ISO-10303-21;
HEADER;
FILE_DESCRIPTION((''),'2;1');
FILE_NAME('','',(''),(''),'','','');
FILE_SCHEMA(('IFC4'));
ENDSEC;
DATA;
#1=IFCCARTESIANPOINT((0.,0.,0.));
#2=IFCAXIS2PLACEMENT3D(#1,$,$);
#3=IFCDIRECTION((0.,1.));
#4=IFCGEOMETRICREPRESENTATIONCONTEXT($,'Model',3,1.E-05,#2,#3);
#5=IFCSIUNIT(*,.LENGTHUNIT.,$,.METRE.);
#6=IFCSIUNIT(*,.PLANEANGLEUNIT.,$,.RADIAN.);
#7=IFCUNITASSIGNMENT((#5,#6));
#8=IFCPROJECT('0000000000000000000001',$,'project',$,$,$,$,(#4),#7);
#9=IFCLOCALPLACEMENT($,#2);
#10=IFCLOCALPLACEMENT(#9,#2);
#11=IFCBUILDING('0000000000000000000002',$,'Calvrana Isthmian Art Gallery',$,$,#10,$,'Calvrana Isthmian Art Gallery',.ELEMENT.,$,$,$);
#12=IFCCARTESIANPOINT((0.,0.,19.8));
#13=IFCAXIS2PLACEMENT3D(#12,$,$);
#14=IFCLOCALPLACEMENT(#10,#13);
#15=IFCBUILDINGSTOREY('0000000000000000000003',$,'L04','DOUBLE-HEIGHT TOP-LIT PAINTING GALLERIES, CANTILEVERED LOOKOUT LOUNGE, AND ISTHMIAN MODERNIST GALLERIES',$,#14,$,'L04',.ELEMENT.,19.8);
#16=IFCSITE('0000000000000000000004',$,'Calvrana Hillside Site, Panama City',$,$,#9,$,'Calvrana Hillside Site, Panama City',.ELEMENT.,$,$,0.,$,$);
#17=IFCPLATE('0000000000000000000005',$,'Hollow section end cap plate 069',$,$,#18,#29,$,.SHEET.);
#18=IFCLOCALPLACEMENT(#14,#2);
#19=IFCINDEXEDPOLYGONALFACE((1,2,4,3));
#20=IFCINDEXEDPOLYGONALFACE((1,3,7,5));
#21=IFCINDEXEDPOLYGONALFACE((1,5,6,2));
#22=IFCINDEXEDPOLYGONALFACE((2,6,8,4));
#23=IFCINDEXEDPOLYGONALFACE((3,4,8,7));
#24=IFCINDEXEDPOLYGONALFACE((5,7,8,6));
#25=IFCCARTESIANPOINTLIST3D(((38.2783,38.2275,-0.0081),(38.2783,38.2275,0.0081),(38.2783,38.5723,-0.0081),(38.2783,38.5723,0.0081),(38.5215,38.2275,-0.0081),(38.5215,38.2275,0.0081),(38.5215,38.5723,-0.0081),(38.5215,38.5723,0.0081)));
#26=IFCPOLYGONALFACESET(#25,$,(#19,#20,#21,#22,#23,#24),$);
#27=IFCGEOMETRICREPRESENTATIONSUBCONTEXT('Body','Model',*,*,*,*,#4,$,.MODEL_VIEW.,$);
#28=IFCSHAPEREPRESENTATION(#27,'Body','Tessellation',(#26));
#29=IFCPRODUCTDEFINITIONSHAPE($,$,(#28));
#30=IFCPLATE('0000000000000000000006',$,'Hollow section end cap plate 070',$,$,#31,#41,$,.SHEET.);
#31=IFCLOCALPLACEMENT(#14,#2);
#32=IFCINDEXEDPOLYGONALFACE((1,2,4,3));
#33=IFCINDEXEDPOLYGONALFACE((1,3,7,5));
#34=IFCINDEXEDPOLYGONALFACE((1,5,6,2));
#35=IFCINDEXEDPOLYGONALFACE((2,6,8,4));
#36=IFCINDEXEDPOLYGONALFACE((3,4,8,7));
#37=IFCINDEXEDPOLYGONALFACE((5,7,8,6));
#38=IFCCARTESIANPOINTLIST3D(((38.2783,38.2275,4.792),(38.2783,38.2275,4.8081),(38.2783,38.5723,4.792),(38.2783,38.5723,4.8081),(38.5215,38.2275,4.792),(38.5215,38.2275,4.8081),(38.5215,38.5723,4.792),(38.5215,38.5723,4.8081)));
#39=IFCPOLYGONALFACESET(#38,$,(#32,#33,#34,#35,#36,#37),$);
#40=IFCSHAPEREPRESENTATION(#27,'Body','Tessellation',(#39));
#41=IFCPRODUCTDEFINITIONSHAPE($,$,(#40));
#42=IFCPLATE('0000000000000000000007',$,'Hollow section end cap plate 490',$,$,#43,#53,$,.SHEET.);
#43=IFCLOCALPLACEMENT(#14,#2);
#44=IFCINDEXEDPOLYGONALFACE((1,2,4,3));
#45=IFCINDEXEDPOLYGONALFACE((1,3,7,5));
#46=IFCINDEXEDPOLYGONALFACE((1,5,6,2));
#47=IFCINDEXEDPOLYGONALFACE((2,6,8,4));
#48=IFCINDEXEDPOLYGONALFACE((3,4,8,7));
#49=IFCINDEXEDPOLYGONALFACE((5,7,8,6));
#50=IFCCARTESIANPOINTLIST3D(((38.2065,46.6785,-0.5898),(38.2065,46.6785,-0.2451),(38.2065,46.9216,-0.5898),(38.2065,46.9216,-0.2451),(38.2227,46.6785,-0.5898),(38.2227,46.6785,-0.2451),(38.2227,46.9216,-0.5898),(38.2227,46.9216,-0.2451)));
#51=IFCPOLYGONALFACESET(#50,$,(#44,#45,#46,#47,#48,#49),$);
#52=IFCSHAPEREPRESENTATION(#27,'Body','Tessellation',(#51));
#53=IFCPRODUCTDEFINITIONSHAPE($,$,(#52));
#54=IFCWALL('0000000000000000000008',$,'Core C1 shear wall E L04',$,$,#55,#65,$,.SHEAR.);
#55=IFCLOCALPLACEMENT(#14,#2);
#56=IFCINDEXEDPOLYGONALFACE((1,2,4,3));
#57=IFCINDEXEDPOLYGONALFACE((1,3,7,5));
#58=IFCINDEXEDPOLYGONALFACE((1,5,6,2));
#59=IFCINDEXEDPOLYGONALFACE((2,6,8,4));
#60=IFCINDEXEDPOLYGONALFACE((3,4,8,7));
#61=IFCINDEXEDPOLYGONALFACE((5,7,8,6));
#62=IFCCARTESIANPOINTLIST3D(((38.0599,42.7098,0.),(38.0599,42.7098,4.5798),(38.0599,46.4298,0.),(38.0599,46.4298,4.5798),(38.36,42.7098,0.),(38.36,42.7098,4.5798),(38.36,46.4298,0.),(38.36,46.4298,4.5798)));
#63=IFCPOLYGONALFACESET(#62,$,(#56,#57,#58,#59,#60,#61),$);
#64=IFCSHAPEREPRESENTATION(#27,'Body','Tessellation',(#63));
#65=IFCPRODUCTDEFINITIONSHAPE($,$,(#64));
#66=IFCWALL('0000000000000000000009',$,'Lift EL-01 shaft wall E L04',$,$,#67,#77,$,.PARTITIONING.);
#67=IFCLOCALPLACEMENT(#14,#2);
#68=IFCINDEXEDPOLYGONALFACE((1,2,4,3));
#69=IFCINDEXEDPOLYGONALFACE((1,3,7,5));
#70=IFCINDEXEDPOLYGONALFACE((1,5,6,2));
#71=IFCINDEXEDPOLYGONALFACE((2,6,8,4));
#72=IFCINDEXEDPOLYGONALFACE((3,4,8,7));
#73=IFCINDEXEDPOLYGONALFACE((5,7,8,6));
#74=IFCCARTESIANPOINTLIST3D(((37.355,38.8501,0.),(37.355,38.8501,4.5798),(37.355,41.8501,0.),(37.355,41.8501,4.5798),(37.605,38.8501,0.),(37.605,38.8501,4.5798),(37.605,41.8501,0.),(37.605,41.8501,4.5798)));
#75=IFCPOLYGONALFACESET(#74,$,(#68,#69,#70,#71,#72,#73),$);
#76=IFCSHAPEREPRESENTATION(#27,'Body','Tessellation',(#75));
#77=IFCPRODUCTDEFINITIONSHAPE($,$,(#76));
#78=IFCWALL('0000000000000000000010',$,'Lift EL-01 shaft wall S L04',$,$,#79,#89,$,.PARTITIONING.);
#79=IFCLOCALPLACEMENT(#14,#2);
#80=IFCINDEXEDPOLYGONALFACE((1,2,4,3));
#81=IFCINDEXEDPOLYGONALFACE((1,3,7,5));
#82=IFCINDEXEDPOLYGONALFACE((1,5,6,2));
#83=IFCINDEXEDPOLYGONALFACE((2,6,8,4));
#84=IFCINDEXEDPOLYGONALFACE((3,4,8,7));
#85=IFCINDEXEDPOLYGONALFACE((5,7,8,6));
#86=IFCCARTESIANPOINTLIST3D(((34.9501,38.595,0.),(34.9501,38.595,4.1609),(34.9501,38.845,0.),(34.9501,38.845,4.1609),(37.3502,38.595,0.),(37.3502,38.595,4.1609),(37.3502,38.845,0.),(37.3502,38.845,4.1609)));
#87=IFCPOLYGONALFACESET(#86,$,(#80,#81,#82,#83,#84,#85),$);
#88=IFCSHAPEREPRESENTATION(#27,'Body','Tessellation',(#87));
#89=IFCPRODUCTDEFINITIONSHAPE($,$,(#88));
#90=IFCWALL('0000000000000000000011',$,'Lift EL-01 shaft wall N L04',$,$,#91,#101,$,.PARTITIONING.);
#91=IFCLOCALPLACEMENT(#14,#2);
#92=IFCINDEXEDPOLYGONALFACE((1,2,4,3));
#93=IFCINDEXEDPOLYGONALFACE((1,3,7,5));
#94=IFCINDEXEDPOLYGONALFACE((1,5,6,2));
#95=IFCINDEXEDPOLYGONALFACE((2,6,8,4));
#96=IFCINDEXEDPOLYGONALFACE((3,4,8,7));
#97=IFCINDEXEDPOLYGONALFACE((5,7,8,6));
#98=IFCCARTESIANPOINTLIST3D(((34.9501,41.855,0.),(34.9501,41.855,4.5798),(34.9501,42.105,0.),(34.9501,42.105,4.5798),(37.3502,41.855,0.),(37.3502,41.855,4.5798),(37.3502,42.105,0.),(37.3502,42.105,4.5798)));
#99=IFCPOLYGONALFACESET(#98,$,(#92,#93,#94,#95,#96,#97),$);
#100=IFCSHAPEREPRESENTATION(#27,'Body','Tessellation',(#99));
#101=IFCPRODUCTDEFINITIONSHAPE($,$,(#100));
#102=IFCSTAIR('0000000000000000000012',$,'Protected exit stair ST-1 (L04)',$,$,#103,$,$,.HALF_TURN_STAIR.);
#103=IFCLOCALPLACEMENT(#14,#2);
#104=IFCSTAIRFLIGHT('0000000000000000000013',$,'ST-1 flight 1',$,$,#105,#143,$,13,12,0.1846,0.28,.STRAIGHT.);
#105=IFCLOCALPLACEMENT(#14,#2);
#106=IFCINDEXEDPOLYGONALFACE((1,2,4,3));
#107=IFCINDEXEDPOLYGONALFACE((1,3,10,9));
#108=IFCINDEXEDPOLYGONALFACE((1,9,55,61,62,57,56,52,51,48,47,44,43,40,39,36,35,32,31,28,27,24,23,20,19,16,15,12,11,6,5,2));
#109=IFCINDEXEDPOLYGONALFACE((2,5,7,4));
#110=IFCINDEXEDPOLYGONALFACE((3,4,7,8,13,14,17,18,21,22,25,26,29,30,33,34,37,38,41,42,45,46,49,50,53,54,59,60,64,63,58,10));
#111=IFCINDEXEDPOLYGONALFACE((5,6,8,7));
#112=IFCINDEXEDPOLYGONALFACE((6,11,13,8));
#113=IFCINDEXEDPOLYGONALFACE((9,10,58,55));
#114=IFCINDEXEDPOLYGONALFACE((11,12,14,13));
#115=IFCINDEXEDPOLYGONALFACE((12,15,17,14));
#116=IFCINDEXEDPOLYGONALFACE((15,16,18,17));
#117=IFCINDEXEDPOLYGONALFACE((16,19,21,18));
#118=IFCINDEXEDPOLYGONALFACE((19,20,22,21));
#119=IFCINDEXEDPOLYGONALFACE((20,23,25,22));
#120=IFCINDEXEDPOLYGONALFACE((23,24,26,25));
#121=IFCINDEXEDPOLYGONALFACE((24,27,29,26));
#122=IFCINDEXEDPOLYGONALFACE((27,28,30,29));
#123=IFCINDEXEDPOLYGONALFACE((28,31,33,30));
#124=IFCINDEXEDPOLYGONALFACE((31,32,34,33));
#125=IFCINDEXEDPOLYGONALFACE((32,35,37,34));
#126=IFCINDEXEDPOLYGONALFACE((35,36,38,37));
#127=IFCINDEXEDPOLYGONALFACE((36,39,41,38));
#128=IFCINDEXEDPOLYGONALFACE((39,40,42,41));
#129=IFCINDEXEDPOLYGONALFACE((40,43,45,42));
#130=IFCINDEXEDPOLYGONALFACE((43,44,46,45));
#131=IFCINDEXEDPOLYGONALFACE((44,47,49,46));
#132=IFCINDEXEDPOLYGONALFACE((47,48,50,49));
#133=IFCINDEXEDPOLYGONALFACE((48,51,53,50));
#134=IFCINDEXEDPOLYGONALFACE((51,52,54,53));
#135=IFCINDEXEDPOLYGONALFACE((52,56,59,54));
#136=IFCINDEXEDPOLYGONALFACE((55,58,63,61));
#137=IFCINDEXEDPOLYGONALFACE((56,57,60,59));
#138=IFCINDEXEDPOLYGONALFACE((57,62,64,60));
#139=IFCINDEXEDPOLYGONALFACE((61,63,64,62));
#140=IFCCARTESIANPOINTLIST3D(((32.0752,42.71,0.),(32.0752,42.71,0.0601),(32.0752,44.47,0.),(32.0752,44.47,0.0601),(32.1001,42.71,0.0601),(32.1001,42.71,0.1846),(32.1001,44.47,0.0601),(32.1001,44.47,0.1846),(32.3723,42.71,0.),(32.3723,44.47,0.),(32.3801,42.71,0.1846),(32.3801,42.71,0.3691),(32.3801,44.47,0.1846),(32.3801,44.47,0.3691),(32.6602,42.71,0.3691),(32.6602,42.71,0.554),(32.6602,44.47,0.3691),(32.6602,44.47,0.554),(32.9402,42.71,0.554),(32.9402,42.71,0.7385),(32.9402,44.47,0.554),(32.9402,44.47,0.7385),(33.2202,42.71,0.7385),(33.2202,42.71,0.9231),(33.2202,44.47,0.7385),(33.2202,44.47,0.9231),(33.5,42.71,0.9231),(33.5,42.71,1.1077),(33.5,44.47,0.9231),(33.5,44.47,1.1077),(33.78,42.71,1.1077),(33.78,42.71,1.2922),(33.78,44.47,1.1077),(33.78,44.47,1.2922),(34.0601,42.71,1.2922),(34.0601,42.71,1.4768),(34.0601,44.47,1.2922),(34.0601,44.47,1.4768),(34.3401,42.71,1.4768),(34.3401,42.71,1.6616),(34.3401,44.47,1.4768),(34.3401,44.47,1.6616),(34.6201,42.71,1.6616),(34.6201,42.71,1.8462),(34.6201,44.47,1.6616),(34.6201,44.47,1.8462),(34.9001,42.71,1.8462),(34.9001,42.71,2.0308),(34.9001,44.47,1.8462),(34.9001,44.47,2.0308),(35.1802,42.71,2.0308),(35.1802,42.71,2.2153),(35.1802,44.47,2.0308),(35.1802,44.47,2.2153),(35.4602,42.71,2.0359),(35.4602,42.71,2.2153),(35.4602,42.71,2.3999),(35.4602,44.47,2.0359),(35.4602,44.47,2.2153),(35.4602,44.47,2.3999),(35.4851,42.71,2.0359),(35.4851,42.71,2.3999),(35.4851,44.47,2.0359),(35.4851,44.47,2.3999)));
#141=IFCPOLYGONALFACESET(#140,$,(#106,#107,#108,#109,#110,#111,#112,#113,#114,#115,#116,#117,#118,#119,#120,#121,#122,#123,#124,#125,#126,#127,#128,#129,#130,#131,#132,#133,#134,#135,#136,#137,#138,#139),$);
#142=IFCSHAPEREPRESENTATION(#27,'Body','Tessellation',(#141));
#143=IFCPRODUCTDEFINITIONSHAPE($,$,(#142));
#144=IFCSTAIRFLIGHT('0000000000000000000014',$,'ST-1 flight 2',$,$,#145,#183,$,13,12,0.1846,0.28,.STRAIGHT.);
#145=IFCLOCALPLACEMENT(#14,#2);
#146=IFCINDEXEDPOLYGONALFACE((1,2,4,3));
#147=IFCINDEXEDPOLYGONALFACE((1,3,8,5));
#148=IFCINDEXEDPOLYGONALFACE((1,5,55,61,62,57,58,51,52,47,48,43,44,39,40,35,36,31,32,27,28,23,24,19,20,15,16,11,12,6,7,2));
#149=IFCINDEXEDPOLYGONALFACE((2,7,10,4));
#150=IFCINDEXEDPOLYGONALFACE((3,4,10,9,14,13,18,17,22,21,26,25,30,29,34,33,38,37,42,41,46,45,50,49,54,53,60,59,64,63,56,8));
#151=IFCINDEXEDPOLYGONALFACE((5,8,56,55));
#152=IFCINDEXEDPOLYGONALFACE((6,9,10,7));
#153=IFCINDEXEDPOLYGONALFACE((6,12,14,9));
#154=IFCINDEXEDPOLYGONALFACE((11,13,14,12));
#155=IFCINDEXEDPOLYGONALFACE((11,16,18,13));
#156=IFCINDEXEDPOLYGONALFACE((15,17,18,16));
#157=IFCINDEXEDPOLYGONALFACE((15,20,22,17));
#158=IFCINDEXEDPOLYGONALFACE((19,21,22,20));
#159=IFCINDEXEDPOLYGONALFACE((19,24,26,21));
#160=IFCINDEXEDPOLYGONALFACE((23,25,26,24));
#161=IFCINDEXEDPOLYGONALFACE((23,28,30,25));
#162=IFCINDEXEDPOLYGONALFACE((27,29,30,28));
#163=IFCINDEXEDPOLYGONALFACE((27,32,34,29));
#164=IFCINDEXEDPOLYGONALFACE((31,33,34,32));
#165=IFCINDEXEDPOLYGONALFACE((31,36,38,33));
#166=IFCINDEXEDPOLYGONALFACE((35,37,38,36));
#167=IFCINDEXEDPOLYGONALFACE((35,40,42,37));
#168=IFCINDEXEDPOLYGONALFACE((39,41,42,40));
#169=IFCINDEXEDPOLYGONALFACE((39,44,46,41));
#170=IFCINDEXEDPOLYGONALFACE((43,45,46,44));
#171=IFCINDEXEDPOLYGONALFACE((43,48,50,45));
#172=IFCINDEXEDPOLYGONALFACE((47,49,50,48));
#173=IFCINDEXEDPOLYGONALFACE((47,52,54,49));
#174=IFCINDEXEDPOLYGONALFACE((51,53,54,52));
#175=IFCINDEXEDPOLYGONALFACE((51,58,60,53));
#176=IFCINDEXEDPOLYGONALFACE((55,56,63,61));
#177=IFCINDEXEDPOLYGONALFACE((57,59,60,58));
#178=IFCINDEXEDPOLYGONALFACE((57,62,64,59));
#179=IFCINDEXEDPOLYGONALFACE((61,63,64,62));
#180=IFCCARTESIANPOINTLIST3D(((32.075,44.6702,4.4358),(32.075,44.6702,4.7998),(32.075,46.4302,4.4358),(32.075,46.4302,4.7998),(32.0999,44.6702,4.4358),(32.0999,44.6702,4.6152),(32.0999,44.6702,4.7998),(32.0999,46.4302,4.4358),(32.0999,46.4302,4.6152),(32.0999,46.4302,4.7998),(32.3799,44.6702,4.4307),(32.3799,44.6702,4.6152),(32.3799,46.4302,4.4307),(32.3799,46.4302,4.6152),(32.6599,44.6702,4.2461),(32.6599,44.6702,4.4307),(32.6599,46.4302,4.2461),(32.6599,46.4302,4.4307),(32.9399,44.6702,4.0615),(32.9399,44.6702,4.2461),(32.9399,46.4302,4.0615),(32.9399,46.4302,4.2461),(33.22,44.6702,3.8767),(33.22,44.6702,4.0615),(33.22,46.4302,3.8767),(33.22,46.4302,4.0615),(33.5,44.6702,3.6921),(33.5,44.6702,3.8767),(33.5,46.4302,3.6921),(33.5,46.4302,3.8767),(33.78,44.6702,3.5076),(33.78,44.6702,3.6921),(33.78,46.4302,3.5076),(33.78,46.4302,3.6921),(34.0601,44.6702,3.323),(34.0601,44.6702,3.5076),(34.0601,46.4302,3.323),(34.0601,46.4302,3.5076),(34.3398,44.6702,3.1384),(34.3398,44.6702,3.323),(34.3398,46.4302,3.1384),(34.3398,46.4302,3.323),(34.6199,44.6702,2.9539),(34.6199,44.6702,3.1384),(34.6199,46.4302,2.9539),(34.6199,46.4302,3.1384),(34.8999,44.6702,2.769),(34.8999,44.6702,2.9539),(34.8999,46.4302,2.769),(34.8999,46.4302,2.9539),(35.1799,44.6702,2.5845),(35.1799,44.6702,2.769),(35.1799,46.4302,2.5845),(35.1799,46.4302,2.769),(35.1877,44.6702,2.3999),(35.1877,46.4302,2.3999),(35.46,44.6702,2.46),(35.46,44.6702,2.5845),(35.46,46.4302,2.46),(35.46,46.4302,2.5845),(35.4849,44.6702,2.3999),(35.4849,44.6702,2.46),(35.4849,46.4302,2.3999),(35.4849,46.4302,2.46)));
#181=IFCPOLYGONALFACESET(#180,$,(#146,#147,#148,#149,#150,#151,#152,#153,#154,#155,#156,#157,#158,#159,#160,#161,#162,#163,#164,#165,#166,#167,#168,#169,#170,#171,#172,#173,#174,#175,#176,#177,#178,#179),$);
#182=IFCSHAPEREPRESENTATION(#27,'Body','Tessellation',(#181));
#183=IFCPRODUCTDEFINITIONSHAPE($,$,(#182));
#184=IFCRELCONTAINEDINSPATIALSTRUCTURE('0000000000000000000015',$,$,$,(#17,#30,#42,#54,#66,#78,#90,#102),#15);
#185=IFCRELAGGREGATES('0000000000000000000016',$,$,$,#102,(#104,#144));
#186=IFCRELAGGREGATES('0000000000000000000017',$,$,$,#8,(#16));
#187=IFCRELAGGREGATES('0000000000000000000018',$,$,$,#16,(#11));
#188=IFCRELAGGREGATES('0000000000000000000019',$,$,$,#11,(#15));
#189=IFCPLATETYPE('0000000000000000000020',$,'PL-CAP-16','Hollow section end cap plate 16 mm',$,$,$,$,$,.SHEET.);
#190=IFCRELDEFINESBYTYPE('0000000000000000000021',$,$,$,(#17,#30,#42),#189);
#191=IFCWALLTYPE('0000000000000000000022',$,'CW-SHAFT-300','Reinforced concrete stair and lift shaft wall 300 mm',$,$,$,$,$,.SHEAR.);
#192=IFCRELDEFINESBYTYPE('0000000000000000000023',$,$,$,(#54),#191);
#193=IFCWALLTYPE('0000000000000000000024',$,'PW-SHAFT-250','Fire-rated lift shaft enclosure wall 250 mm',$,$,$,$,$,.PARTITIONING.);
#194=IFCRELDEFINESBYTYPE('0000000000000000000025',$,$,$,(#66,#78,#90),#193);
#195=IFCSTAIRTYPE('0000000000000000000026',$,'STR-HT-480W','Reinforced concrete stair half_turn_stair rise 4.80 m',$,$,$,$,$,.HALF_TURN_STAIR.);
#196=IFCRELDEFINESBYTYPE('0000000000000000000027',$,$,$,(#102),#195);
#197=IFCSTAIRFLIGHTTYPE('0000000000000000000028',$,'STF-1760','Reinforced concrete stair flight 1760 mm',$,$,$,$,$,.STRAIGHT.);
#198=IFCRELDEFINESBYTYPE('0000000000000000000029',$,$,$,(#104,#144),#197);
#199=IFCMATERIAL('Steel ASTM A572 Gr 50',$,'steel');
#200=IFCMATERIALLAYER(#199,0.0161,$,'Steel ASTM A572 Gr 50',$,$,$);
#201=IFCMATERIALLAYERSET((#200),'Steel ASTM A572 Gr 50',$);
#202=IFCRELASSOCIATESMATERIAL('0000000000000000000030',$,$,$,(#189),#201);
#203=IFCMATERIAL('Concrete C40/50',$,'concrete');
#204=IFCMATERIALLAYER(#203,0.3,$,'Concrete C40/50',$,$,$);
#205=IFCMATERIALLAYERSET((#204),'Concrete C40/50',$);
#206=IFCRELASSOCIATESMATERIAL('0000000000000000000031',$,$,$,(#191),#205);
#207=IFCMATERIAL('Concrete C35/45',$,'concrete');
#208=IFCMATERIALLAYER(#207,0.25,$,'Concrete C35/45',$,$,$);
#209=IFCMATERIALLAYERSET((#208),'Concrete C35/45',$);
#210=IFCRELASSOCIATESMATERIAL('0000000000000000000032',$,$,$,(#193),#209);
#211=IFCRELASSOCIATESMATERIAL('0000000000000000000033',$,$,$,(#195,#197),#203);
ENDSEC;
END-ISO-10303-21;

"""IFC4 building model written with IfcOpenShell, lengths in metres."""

from ifc_helpers import new_model, si_unit, direction, frame, frame_2d, origin, origin_2d, place, context, subcontext, project, spatial, polyline, rectangle, outline, extrude, material, layer, layer_set, type_object, element, aggregate, save


model = new_model("IFC4")

# Units and contexts
model_context = context("Model", 3, precision=1e-05, world=origin(), true_north=direction((0.0, 1.0)))
body_context = subcontext(model_context, "Body", "Model", "MODEL_VIEW")
ifc_project = project(units=[si_unit("LENGTHUNIT", "METRE"), si_unit("PLANEANGLEUNIT", "RADIAN")], contexts=[model_context])

# Site, building, storey
site_placement = place(None, origin())
site = spatial("IfcSite", under=ifc_project, at=site_placement, Name="Calvrana Hillside Site, Panama City", LongName="Calvrana Hillside Site, Panama City", CompositionType="ELEMENT", RefElevation=0.0)
building_placement = place(site_placement, origin())
building = spatial("IfcBuilding", under=site, at=building_placement, Name="Calvrana Isthmian Art Gallery", LongName="Calvrana Isthmian Art Gallery", CompositionType="ELEMENT")
storey_placement = place(building_placement, frame((0.0, 0.0, 19.8)))
storey = spatial("IfcBuildingStorey", under=building, at=storey_placement, Name="L04", Description="DOUBLE-HEIGHT TOP-LIT PAINTING GALLERIES, CANTILEVERED LOOKOUT LOUNGE, AND ISTHMIAN MODERNIST GALLERIES", LongName="L04", CompositionType="ELEMENT", Elevation=19.8)

# Plates
ifc_material_1 = material(Name="Steel ASTM A572 Gr 50", Category="steel")
ifc_layer_1 = layer(ifc_material_1, 0.0161, Name="Steel ASTM A572 Gr 50")
ifc_layer_set_1 = layer_set([ifc_layer_1], Name="Steel ASTM A572 Gr 50")
plate_type = type_object("IfcPlateType", Name="PL-CAP-16", Description="Hollow section end cap plate 16 mm", PredefinedType="SHEET", material=ifc_layer_set_1)
for number, where, z_axis, x_axis, name in (
    (1, (38.3999, 38.3999, -0.0081), (0.0, 0.0, 1.0), (1.0, 0.0, 0.0), "Hollow section end cap plate 069"),
    (2, (38.3999, 38.3999, 4.792), (0.0, 0.0, 1.0), (1.0, 0.0, 0.0), "Hollow section end cap plate 070"),
):
    element("IfcPlate", number, at=place(storey_placement, frame(where, z_axis=z_axis, x_axis=x_axis)), inside=storey, type_object=plate_type, Name=name, PredefinedType="SHEET", context=body_context, shape_type="SweptSolid", body=[
        extrude(rectangle(XDim=0.2432, YDim=0.3447, at=origin_2d()), origin(), (0.0, 0.0, 1.0), 0.0161),
    ])
plate_placement = place(storey_placement, frame((38.2146, 46.8, -0.5898), z_axis=(0.0, 0.0, 1.0), x_axis=(1.0, 0.0, 0.0)))
element("IfcPlate", 3, at=plate_placement, inside=storey, type_object=plate_type, Name="Hollow section end cap plate 490", PredefinedType="SHEET", context=body_context, shape_type="SweptSolid", body=[
    extrude(rectangle(XDim=0.0161, YDim=0.2432, at=origin_2d()), origin(), (0.0, 0.0, 1.0), 0.3447),
])

# Walls
ifc_material_2 = material(Name="Concrete C40/50", Category="concrete")
ifc_layer_2 = layer(ifc_material_2, 0.3, Name="Concrete C40/50")
ifc_layer_set_2 = layer_set([ifc_layer_2], Name="Concrete C40/50")
wall_type_1 = type_object("IfcWallType", Name="CW-SHAFT-300", Description="Reinforced concrete stair and lift shaft wall 300 mm", PredefinedType="SHEAR", material=ifc_layer_set_2)
wall_1_placement = place(storey_placement, frame((38.21, 42.71, 0.0), z_axis=(0.0, 0.0, 1.0), x_axis=(0.0, 1.0, 0.0)))
element("IfcWall", 4, at=wall_1_placement, inside=storey, type_object=wall_type_1, Name="Core C1 shear wall E L04", PredefinedType="SHEAR", context=body_context, shape_type="SweptSolid", body=[
    extrude(rectangle(XDim=3.72, YDim=0.3, at=frame_2d((1.8599, 0.0))), origin(), (0.0, 0.0, 1.0), 4.5798),
])
ifc_material_3 = material(Name="Concrete C35/45", Category="concrete")
ifc_layer_3 = layer(ifc_material_3, 0.25, Name="Concrete C35/45")
ifc_layer_set_3 = layer_set([ifc_layer_3], Name="Concrete C35/45")
wall_type_2 = type_object("IfcWallType", Name="PW-SHAFT-250", Description="Fire-rated lift shaft enclosure wall 250 mm", PredefinedType="PARTITIONING", material=ifc_layer_set_3)
wall_2_placement = place(storey_placement, frame((37.48, 38.8501, 0.0), z_axis=(0.0, 0.0, 1.0), x_axis=(0.0, 1.0, 0.0)))
element("IfcWall", 5, at=wall_2_placement, inside=storey, type_object=wall_type_2, Name="Lift EL-01 shaft wall E L04", PredefinedType="PARTITIONING", context=body_context, shape_type="SweptSolid", body=[
    extrude(rectangle(XDim=3.0, YDim=0.25, at=frame_2d((1.5, 0.0))), origin(), (0.0, 0.0, 1.0), 4.5798),
])
wall_3_placement = place(storey_placement, frame((34.95, 38.72, 0.0), z_axis=(0.0, 0.0, 1.0), x_axis=(1.0, 0.0, 0.0)))
element("IfcWall", 6, at=wall_3_placement, inside=storey, type_object=wall_type_2, Name="Lift EL-01 shaft wall S L04", PredefinedType="PARTITIONING", context=body_context, shape_type="SweptSolid", body=[
    extrude(rectangle(XDim=2.4001, YDim=0.25, at=frame_2d((1.2002, 0.0))), origin(), (0.0, 0.0, 1.0), 4.1609),
])
wall_4_placement = place(storey_placement, frame((34.95, 41.98, 0.0), z_axis=(0.0, 0.0, 1.0), x_axis=(1.0, 0.0, 0.0)))
element("IfcWall", 7, at=wall_4_placement, inside=storey, type_object=wall_type_2, Name="Lift EL-01 shaft wall N L04", PredefinedType="PARTITIONING", context=body_context, shape_type="SweptSolid", body=[
    extrude(rectangle(XDim=2.4001, YDim=0.25, at=frame_2d((1.2002, 0.0))), origin(), (0.0, 0.0, 1.0), 4.5798),
])

# Stair, stair flights
stair_type = type_object("IfcStairType", Name="STR-HT-480W", Description="Reinforced concrete stair half_turn_stair rise 4.80 m", PredefinedType="HALF_TURN_STAIR", material=ifc_material_2)
stair_placement = place(storey_placement, origin())
stair = element("IfcStair", 8, at=stair_placement, inside=storey, type_object=stair_type, Name="Protected exit stair ST-1 (L04)", PredefinedType="HALF_TURN_STAIR")
stair_flight_type = type_object("IfcStairFlightType", Name="STF-1760", Description="Reinforced concrete stair flight 1760 mm", PredefinedType="STRAIGHT", material=ifc_material_2)
stair_flight_1_placement = place(storey_placement, frame((32.1001, 43.5901, 0.0), z_axis=(0.0, 0.0, 1.0), x_axis=(1.0, 0.0, 0.0)))
stair_flight_1 = element("IfcStairFlight", 9, at=stair_flight_1_placement, type_object=stair_flight_type, Name="ST-1 flight 1", NumberOfRisers=13, NumberOfTreads=12, PredefinedType="STRAIGHT", RiserHeight=0.1846, TreadLength=0.28, context=body_context, shape_type="SweptSolid", body=[
    extrude(outline(polyline([(-0.0249, 0.0), (-0.0249, 0.0601), (0.0, 0.0601), (0.0, 0.1846), (0.28, 0.1846), (0.28, 0.3691), (0.5601, 0.3691), (0.5601, 0.554), (0.8401, 0.554), (0.8401, 0.7385), (1.1201, 0.7385), (1.1201, 0.9231), (1.3999, 0.9231), (1.3999, 1.1077), (1.6799, 1.1077), (1.6799, 1.2922), (1.96, 1.2922), (1.96, 1.4768), (2.24, 1.4768), (2.24, 1.6616), (2.52, 1.6616), (2.52, 1.8462), (2.8, 1.8462), (2.8, 2.0308), (3.0801, 2.0308), (3.0801, 2.2153), (3.3601, 2.2153), (3.3601, 2.3999), (3.385, 2.3999), (3.385, 2.0359), (3.3601, 2.0359), (0.2722, 0.0), (-0.0249, 0.0)])), frame((0.0, 0.8799, 0.0), z_axis=(0.0, -1.0, 0.0), x_axis=(1.0, 0.0, 0.0)), (0.0, 0.0, 1.0), 1.76),
])
stair_flight_2_placement = place(storey_placement, frame((35.46, 45.55, 2.3999), z_axis=(0.0, 0.0, 1.0), x_axis=(-1.0, 0.0, 0.0)))
stair_flight_2 = element("IfcStairFlight", 10, at=stair_flight_2_placement, type_object=stair_flight_type, Name="ST-1 flight 2", NumberOfRisers=13, NumberOfTreads=12, PredefinedType="STRAIGHT", RiserHeight=0.1846, TreadLength=0.28, context=body_context, shape_type="SweptSolid", body=[
    extrude(outline(polyline([(-0.0249, 0.0), (-0.0249, 0.0601), (0.0, 0.0601), (0.0, 0.1846), (0.28, 0.1846), (0.28, 0.3691), (0.5601, 0.3691), (0.5601, 0.554), (0.8401, 0.554), (0.8401, 0.7385), (1.1201, 0.7385), (1.1201, 0.9231), (1.3999, 0.9231), (1.3999, 1.1077), (1.6799, 1.1077), (1.6799, 1.2922), (1.96, 1.2922), (1.96, 1.4768), (2.24, 1.4768), (2.24, 1.6616), (2.52, 1.6616), (2.52, 1.8462), (2.8, 1.8462), (2.8, 2.0308), (3.0801, 2.0308), (3.0801, 2.2153), (3.3601, 2.2153), (3.3601, 2.3999), (3.385, 2.3999), (3.385, 2.0359), (3.3601, 2.0359), (0.2722, 0.0), (-0.0249, 0.0)])), frame((0.0, 0.8799, 0.0), z_axis=(0.0, -1.0, 0.0), x_axis=(1.0, 0.0, 0.0)), (0.0, 0.0, 1.0), 1.76),
])
aggregate(stair, [stair_flight_1, stair_flight_2])

save(model, "model.ifc")
